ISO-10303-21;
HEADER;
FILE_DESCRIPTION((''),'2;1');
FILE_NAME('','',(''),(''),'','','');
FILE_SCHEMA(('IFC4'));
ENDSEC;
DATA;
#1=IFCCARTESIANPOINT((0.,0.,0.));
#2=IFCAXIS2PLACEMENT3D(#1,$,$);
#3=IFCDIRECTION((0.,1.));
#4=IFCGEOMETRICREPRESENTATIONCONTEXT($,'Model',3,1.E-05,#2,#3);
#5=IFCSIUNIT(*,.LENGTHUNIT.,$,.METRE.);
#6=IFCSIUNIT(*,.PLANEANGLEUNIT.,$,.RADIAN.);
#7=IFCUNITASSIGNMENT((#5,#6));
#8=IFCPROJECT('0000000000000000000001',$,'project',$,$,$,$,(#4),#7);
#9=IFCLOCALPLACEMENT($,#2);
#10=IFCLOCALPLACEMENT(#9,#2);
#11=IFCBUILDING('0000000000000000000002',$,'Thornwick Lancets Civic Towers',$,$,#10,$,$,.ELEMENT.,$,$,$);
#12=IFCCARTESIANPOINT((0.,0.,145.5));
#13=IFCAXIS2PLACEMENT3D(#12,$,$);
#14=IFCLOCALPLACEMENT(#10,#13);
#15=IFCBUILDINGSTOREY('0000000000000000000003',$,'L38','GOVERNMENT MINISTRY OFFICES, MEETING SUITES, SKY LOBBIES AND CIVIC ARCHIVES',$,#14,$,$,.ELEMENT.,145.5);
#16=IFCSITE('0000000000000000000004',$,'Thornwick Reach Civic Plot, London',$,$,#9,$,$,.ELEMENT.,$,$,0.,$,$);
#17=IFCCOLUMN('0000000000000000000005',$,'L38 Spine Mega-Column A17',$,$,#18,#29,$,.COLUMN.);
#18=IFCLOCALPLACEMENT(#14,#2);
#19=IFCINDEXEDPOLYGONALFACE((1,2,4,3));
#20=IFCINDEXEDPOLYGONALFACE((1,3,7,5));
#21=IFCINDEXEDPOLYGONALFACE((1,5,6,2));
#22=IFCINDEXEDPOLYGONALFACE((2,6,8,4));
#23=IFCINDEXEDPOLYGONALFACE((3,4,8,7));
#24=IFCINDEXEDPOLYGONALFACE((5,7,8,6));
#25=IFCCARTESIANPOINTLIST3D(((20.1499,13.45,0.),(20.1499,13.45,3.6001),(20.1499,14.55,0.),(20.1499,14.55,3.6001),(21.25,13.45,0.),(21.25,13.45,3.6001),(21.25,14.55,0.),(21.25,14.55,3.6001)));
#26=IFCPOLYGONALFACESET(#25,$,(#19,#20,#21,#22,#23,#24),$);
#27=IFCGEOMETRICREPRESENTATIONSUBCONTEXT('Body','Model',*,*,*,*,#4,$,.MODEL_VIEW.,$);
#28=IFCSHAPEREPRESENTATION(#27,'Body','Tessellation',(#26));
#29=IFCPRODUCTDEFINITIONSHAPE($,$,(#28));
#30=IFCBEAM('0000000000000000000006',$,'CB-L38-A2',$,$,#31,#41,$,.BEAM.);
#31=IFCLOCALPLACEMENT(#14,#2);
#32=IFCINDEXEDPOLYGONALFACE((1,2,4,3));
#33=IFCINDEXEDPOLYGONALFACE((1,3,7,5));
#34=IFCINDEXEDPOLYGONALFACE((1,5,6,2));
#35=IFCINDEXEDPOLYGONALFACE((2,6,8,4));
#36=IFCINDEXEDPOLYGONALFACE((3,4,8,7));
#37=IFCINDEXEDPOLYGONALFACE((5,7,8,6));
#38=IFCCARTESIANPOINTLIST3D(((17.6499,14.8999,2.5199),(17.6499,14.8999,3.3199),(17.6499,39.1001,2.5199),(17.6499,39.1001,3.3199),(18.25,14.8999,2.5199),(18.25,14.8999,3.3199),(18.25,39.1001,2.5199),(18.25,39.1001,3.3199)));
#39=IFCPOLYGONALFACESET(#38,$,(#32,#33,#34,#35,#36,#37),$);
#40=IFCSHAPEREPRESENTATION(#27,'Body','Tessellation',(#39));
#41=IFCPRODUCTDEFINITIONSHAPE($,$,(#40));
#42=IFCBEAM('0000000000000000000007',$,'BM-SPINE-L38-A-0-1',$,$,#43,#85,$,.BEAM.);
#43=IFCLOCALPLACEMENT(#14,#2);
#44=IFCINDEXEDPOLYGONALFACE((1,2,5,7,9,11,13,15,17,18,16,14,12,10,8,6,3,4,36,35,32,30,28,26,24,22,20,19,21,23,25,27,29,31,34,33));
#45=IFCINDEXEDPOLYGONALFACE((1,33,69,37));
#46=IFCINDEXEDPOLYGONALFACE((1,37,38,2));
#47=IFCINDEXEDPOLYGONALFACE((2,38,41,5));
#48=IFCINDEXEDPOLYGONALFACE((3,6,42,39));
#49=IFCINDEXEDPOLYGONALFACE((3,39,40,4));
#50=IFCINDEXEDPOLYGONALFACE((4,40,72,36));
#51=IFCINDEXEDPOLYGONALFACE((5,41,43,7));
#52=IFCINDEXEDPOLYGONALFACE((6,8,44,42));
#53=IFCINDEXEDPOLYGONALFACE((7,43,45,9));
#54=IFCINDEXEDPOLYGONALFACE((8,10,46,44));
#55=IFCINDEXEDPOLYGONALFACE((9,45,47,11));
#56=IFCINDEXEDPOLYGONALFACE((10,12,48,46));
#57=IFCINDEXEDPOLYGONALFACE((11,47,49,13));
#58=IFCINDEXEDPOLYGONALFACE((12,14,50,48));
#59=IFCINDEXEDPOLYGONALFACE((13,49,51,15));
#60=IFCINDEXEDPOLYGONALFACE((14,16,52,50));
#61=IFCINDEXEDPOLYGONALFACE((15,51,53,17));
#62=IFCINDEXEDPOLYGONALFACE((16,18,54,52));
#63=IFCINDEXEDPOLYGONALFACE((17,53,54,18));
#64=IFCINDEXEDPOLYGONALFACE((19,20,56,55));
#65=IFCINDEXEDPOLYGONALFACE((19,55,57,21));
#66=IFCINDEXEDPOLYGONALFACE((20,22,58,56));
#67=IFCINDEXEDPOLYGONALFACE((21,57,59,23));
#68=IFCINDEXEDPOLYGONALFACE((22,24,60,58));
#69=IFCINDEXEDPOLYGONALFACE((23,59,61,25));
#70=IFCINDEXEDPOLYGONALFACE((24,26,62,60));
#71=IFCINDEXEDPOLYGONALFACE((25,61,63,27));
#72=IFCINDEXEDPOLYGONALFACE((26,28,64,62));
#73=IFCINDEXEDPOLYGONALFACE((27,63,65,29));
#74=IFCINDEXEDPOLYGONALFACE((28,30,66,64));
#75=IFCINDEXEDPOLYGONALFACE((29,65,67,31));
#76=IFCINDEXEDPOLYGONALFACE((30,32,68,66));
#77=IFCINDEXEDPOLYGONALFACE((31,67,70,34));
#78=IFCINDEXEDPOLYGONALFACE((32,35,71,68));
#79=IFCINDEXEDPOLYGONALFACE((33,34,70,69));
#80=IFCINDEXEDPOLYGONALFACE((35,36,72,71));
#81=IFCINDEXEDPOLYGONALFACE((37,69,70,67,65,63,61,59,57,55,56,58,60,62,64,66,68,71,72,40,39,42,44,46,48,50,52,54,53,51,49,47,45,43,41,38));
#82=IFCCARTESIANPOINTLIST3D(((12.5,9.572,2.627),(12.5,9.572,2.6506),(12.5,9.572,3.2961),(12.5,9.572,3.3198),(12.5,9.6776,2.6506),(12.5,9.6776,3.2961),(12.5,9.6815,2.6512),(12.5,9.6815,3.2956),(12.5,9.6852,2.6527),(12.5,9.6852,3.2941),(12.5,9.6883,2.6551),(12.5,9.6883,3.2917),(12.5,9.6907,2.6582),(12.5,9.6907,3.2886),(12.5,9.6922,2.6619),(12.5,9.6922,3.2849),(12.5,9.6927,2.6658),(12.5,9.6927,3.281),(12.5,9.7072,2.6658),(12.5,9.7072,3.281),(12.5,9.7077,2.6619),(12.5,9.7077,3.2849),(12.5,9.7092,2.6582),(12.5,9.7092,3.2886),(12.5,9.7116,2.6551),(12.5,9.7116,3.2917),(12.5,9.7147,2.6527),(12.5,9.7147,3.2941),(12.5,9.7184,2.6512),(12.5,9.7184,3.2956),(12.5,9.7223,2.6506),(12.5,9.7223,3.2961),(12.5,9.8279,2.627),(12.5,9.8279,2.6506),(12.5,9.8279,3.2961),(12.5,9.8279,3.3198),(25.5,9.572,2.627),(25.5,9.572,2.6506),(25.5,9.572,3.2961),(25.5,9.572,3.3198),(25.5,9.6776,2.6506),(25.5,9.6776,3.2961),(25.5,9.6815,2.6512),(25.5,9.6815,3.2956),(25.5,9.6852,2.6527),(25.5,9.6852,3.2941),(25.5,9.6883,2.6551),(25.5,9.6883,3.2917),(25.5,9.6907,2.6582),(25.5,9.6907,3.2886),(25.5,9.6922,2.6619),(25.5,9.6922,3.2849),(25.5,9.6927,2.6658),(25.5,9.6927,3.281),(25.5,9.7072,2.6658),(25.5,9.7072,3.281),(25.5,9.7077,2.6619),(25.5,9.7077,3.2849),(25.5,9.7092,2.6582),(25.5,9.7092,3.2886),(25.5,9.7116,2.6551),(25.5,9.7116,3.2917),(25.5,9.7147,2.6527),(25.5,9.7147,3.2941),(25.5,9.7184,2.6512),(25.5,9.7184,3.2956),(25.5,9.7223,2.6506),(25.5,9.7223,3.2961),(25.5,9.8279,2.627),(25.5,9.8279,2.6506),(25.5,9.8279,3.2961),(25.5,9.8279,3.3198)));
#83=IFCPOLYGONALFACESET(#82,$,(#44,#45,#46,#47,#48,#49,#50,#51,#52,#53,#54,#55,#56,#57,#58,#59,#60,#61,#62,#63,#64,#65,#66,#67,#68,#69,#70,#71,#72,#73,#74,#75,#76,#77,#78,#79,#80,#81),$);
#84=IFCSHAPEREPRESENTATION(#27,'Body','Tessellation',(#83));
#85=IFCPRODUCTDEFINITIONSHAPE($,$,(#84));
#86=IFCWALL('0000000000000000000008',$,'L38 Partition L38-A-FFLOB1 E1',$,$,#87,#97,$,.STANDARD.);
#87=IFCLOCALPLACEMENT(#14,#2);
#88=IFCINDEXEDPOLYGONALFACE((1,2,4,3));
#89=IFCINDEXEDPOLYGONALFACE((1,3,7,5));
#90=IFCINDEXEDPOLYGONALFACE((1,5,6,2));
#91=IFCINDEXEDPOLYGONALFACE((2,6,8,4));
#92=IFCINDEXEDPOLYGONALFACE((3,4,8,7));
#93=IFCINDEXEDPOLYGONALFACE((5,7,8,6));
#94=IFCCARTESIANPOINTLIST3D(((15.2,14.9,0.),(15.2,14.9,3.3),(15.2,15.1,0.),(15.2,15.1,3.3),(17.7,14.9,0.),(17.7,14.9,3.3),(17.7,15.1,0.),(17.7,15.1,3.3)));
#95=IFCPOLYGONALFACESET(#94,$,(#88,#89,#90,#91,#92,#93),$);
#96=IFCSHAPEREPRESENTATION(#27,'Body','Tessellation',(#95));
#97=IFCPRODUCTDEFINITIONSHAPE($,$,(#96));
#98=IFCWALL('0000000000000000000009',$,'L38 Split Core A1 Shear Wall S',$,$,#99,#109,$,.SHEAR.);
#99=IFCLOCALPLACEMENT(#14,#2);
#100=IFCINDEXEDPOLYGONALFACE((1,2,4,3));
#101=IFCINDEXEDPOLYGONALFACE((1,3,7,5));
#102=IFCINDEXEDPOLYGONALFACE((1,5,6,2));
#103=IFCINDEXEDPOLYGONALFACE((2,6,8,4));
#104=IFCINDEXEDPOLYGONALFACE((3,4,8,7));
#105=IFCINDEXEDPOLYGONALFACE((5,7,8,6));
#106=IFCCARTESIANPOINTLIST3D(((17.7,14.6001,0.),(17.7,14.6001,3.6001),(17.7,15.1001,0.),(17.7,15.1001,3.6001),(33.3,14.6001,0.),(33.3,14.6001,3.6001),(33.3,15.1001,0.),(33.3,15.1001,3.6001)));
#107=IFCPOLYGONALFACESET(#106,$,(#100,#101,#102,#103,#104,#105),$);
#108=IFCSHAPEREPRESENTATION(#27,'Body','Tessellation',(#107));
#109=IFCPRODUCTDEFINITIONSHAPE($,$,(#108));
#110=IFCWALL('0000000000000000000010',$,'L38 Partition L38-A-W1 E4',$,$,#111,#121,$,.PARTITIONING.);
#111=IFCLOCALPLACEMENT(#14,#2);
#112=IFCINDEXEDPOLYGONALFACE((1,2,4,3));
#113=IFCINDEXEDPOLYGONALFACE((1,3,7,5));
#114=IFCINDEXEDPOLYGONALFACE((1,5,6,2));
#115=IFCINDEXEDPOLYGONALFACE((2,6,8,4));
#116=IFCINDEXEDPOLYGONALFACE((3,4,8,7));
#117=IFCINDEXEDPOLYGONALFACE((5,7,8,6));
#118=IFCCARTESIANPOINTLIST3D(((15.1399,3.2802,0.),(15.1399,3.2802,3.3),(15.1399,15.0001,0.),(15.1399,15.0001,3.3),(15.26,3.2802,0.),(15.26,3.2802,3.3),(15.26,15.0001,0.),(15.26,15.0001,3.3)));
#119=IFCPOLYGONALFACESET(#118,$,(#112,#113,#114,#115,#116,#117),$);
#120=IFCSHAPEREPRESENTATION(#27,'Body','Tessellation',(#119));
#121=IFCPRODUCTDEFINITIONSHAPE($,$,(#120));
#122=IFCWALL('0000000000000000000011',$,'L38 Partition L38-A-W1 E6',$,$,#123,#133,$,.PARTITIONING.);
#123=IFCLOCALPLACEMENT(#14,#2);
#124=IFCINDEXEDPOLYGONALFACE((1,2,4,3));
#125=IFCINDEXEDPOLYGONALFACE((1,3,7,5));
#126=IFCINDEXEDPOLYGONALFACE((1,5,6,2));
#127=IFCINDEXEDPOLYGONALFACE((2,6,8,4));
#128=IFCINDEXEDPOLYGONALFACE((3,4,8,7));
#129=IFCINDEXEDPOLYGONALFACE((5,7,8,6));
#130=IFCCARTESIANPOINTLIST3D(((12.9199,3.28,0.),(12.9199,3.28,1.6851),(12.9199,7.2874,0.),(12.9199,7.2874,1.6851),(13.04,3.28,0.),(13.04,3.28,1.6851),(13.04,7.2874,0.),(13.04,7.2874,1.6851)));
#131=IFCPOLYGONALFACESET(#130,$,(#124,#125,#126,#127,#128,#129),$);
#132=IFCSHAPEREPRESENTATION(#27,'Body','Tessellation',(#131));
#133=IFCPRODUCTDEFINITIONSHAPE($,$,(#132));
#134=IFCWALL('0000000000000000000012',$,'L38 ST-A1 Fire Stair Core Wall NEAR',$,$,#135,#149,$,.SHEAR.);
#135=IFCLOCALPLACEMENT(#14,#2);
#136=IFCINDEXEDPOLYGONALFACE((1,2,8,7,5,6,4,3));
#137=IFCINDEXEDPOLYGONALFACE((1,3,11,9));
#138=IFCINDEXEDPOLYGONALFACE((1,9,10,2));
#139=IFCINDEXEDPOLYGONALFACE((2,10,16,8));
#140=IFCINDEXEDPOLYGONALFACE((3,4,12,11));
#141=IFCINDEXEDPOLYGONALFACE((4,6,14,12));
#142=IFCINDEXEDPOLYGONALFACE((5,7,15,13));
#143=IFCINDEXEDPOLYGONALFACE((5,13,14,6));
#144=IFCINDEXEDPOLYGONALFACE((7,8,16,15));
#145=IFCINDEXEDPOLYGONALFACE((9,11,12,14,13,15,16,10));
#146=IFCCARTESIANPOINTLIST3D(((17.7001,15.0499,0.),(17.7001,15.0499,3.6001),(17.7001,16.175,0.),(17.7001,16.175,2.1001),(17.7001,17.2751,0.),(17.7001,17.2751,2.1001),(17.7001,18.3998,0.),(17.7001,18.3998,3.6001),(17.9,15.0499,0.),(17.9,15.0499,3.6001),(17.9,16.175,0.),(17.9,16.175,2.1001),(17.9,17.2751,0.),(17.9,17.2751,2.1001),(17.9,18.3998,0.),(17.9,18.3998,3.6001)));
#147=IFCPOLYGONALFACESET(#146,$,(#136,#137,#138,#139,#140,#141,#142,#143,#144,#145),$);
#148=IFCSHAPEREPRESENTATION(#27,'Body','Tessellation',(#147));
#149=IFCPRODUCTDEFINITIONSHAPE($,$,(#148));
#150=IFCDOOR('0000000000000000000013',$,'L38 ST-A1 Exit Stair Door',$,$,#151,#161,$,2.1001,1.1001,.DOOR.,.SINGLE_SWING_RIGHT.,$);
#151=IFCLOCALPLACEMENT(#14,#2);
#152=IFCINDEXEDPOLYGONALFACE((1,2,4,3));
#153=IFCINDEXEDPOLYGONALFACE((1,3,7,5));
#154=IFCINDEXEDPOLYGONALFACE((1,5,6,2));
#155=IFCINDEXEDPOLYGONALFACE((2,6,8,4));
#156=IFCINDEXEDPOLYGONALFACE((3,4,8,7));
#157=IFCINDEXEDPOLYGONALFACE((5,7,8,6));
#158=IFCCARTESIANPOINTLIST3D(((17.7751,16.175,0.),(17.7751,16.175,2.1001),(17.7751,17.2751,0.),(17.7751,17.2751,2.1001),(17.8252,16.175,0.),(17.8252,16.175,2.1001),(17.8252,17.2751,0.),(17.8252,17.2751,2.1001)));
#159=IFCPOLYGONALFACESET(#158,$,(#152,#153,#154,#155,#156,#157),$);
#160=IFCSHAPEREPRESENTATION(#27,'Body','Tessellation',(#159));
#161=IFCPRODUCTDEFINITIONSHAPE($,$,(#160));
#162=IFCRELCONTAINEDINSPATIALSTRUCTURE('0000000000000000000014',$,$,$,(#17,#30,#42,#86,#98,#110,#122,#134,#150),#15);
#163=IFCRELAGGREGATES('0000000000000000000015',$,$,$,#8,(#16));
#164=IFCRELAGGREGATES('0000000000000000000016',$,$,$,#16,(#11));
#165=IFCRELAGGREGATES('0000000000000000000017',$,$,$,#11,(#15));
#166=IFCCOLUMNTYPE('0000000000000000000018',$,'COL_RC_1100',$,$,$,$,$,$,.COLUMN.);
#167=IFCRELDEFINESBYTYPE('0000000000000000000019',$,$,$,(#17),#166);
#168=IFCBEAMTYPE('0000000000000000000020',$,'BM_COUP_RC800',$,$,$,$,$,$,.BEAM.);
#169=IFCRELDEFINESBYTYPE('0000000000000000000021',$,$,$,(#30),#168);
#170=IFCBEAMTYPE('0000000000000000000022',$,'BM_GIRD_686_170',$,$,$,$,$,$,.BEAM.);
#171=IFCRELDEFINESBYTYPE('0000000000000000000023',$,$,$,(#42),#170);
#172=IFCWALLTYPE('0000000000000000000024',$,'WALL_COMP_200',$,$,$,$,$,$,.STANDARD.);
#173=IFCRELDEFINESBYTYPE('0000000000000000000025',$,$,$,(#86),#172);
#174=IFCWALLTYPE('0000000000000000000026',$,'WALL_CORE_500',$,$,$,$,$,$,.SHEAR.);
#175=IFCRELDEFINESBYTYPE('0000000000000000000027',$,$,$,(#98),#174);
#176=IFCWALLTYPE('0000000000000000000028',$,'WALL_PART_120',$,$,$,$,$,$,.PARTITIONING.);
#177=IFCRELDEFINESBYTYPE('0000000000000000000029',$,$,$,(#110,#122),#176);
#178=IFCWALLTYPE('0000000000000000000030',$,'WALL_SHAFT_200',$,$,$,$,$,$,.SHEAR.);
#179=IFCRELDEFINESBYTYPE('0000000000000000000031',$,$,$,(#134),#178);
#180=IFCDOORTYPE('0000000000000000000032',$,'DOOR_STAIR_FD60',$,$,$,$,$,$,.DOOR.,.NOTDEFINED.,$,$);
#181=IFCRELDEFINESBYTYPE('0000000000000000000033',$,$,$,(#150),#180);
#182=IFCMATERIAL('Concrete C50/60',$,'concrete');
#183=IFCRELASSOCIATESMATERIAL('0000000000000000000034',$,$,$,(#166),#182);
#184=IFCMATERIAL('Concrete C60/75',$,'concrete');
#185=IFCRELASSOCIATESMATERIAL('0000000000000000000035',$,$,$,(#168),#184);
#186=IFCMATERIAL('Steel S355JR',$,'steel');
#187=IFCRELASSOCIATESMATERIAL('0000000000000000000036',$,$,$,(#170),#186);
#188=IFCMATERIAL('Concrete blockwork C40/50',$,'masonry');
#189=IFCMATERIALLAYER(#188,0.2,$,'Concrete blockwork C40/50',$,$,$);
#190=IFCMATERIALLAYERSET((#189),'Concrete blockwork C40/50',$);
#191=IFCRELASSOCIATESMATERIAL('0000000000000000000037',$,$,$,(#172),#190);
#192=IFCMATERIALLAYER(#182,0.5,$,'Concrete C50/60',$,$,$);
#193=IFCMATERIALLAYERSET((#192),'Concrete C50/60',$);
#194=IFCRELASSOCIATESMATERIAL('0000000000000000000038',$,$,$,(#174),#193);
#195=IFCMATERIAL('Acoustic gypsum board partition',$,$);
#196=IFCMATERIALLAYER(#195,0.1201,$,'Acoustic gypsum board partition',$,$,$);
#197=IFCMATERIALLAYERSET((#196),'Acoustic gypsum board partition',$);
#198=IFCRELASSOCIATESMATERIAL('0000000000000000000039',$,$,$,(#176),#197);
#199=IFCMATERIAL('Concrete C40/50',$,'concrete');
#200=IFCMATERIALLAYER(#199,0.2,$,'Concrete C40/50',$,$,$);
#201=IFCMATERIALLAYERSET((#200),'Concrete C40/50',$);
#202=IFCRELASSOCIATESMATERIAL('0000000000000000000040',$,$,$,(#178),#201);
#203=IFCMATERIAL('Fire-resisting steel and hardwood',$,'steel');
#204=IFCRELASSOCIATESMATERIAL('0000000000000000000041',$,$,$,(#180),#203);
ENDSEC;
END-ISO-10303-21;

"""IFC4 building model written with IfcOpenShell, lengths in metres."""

from ifc_helpers import new_model, si_unit, direction, frame, frame_2d, origin, origin_2d, place, context, subcontext, project, spatial, rectangle, i_section, extrude, material, layer, layer_set, material_profile, profile_set, type_object, element, fill, save


model = new_model("IFC4")

# Units and contexts
model_context = context("Model", 3, precision=1e-05, world=origin(), true_north=direction((0.0, 1.0)))
body_context = subcontext(model_context, "Body", "Model", "MODEL_VIEW")
ifc_project = project(units=[si_unit("LENGTHUNIT", "METRE"), si_unit("PLANEANGLEUNIT", "RADIAN")], contexts=[model_context])

# Site, building, storey
site_placement = place(None, origin())
site = spatial("IfcSite", under=ifc_project, at=site_placement, Name="Thornwick Reach Civic Plot, London", CompositionType="ELEMENT", RefElevation=0.0)
building_placement = place(site_placement, origin())
building = spatial("IfcBuilding", under=site, at=building_placement, Name="Thornwick Lancets Civic Towers", CompositionType="ELEMENT")
storey_placement = place(building_placement, frame((0.0, 0.0, 145.5)))
storey = spatial("IfcBuildingStorey", under=building, at=storey_placement, Name="L38", Description="GOVERNMENT MINISTRY OFFICES, MEETING SUITES, SKY LOBBIES AND CIVIC ARCHIVES", CompositionType="ELEMENT", Elevation=145.5)

# Column
ifc_material_1 = material(Name="Concrete C50/60", Category="concrete")
ifc_material_profile_1 = material_profile(ifc_material_1, rectangle(XDim=1.1001, YDim=1.1001, at=origin_2d()), Name="RC 1100x1100")
ifc_profile_set_1 = profile_set([ifc_material_profile_1], Name="Concrete C50/60")
column_type = type_object("IfcColumnType", Name="COL_RC_1100", PredefinedType="COLUMN", material=ifc_profile_set_1)
column_placement = place(storey_placement, frame((20.7, 14.0, 0.0), z_axis=(0.0, 0.0, 1.0), x_axis=(1.0, 0.0, 0.0)))
element("IfcColumn", 1, at=column_placement, inside=storey, type_object=column_type, Name="L38 Spine Mega-Column A17", PredefinedType="COLUMN", context=body_context, shape_type="SweptSolid", body=[
    extrude(rectangle(XDim=1.1001, YDim=1.1001, at=origin_2d()), origin(), (0.0, 0.0, 1.0), 3.6001),
])

# Beams
ifc_material_2 = material(Name="Concrete C60/75", Category="concrete")
ifc_material_profile_2 = material_profile(ifc_material_2, rectangle(XDim=0.6001, YDim=0.8, at=origin_2d()), Name="RC 600x800")
ifc_profile_set_2 = profile_set([ifc_material_profile_2], Name="Concrete C60/75")
beam_type_1 = type_object("IfcBeamType", Name="BM_COUP_RC800", PredefinedType="BEAM", material=ifc_profile_set_2)
beam_1_placement = place(storey_placement, frame((17.95, 14.8999, 2.9199), z_axis=(0.0, 1.0, 0.0), x_axis=(-1.0, 0.0, 0.0)))
element("IfcBeam", 2, at=beam_1_placement, inside=storey, type_object=beam_type_1, Name="CB-L38-A2", PredefinedType="BEAM", context=body_context, shape_type="SweptSolid", body=[
    extrude(rectangle(XDim=0.6001, YDim=0.8, at=origin_2d()), origin(), (0.0, 0.0, 1.0), 24.2002),
])
ifc_material_3 = material(Name="Steel S355JR", Category="steel")
ifc_material_profile_3 = material_profile(ifc_material_3, i_section(OverallWidth=0.2559, OverallDepth=0.6929, WebThickness=0.0144, FlangeThickness=0.0237, FilletRadius=0.0151, at=origin_2d()), Name="UKB 686x254x170")
ifc_profile_set_3 = profile_set([ifc_material_profile_3], Name="Steel S355JR")
beam_type_2 = type_object("IfcBeamType", Name="BM_GIRD_686_170", PredefinedType="BEAM", material=ifc_profile_set_3)
beam_2_placement = place(storey_placement, frame((12.5, 9.7, 2.9734), z_axis=(1.0, 0.0, 0.0), x_axis=(0.0, 1.0, 0.0)))
element("IfcBeam", 3, at=beam_2_placement, inside=storey, type_object=beam_type_2, Name="BM-SPINE-L38-A-0-1", PredefinedType="BEAM", context=body_context, shape_type="SweptSolid", body=[
    extrude(i_section(OverallWidth=0.2559, OverallDepth=0.6929, WebThickness=0.0144, FlangeThickness=0.0237, FilletRadius=0.0151, at=origin_2d()), origin(), (0.0, 0.0, 1.0), 13.0),
])

# Walls
ifc_material_4 = material(Name="Concrete blockwork C40/50", Category="masonry")
ifc_layer_1 = layer(ifc_material_4, 0.2, Name="Concrete blockwork C40/50")
ifc_layer_set_1 = layer_set([ifc_layer_1], Name="Concrete blockwork C40/50")
wall_type_1 = type_object("IfcWallType", Name="WALL_COMP_200", PredefinedType="STANDARD", material=ifc_layer_set_1)
wall_1_placement = place(storey_placement, frame((15.2, 15.0, 0.0), z_axis=(0.0, 0.0, 1.0), x_axis=(1.0, 0.0, 0.0)))
element("IfcWall", 4, at=wall_1_placement, inside=storey, type_object=wall_type_1, Name="L38 Partition L38-A-FFLOB1 E1", PredefinedType="STANDARD", context=body_context, shape_type="SweptSolid", body=[
    extrude(rectangle(XDim=2.5, YDim=0.2, at=frame_2d((1.25, 0.0))), origin(), (0.0, 0.0, 1.0), 3.3),
])
ifc_layer_2 = layer(ifc_material_1, 0.5, Name="Concrete C50/60")
ifc_layer_set_2 = layer_set([ifc_layer_2], Name="Concrete C50/60")
wall_type_2 = type_object("IfcWallType", Name="WALL_CORE_500", PredefinedType="SHEAR", material=ifc_layer_set_2)
wall_2_placement = place(storey_placement, frame((17.7, 14.8501, 0.0), z_axis=(0.0, 0.0, 1.0), x_axis=(1.0, 0.0, 0.0)))
element("IfcWall", 5, at=wall_2_placement, inside=storey, type_object=wall_type_2, Name="L38 Split Core A1 Shear Wall S", PredefinedType="SHEAR", context=body_context, shape_type="SweptSolid", body=[
    extrude(rectangle(XDim=15.6001, YDim=0.5, at=frame_2d((7.8, 0.0))), origin(), (0.0, 0.0, 1.0), 3.6001),
])
ifc_material_5 = material(Name="Acoustic gypsum board partition")
ifc_layer_3 = layer(ifc_material_5, 0.1201, Name="Acoustic gypsum board partition")
ifc_layer_set_3 = layer_set([ifc_layer_3], Name="Acoustic gypsum board partition")
wall_type_3 = type_object("IfcWallType", Name="WALL_PART_120", PredefinedType="PARTITIONING", material=ifc_layer_set_3)
wall_3_placement = place(storey_placement, frame((15.2, 15.0, 0.0), z_axis=(0.0, 0.0, 1.0), x_axis=(0.0, -1.0, 0.0)))
element("IfcWall", 6, at=wall_3_placement, inside=storey, type_object=wall_type_3, Name="L38 Partition L38-A-W1 E4", PredefinedType="PARTITIONING", context=body_context, shape_type="SweptSolid", body=[
    extrude(rectangle(XDim=11.72, YDim=0.1201, at=frame_2d((5.8599, 0.0))), origin(), (0.0, 0.0, 1.0), 3.3),
])
wall_4_placement = place(storey_placement, frame((12.98, 3.28, 0.0), z_axis=(0.0, 0.0, 1.0), x_axis=(0.0, 1.0, 0.0)))
element("IfcWall", 7, at=wall_4_placement, inside=storey, type_object=wall_type_3, Name="L38 Partition L38-A-W1 E6", PredefinedType="PARTITIONING", context=body_context, shape_type="SweptSolid", body=[
    extrude(rectangle(XDim=4.0073, YDim=0.1201, at=frame_2d((2.0037, 0.0))), origin(), (0.0, 0.0, 1.0), 1.6851),
])

# Wall, opening, door
ifc_material_6 = material(Name="Concrete C40/50", Category="concrete")
ifc_layer_4 = layer(ifc_material_6, 0.2, Name="Concrete C40/50")
ifc_layer_set_4 = layer_set([ifc_layer_4], Name="Concrete C40/50")
wall_type_4 = type_object("IfcWallType", Name="WALL_SHAFT_200", PredefinedType="SHEAR", material=ifc_layer_set_4)
wall_5_placement = place(storey_placement, frame((17.8, 15.05, 0.0), z_axis=(0.0, 0.0, 1.0), x_axis=(0.0, 1.0, 0.0)))
wall_5 = element("IfcWall", 8, at=wall_5_placement, inside=storey, type_object=wall_type_4, Name="L38 ST-A1 Fire Stair Core Wall NEAR", PredefinedType="SHEAR", context=body_context, shape_type="SweptSolid", body=[
    extrude(rectangle(XDim=3.3499, YDim=0.2, at=frame_2d((1.6748, 0.0))), origin(), (0.0, 0.0, 1.0), 3.6001),
])
opening_placement = place(wall_5_placement, frame((1.125, 0.0, 0.0)))
opening = element("IfcOpeningElement", 9, at=opening_placement, cuts=wall_5, PredefinedType="OPENING", context=body_context, shape_type="SweptSolid", body=[
    extrude(rectangle(XDim=1.1001, YDim=2.1001, at=frame_2d((0.55, 1.05))), frame((0.0, 0.1099, 0.0), z_axis=(0.0, -1.0, 0.0), x_axis=(1.0, 0.0, 0.0)), (0.0, 0.0, 1.0), 0.22),
])
ifc_material_7 = material(Name="Fire-resisting steel and hardwood", Category="steel")
door_type = type_object("IfcDoorType", Name="DOOR_STAIR_FD60", OperationType="NOTDEFINED", PredefinedType="DOOR", material=ifc_material_7)
door_placement = place(opening_placement, origin())
door = element("IfcDoor", 10, at=door_placement, inside=storey, type_object=door_type, Name="L38 ST-A1 Exit Stair Door", OperationType="SINGLE_SWING_RIGHT", OverallHeight=2.1001, OverallWidth=1.1001, PredefinedType="DOOR", context=body_context, shape_type="SweptSolid", body=[
    extrude(rectangle(XDim=1.1001, YDim=2.1001, at=frame_2d((0.55, 1.05))), frame((0.0, 0.0249, 0.0), z_axis=(0.0, -1.0, 0.0), x_axis=(1.0, 0.0, 0.0)), (0.0, 0.0, 1.0), 0.05),
])
fill(opening, door)

save(model, "model.ifc")
